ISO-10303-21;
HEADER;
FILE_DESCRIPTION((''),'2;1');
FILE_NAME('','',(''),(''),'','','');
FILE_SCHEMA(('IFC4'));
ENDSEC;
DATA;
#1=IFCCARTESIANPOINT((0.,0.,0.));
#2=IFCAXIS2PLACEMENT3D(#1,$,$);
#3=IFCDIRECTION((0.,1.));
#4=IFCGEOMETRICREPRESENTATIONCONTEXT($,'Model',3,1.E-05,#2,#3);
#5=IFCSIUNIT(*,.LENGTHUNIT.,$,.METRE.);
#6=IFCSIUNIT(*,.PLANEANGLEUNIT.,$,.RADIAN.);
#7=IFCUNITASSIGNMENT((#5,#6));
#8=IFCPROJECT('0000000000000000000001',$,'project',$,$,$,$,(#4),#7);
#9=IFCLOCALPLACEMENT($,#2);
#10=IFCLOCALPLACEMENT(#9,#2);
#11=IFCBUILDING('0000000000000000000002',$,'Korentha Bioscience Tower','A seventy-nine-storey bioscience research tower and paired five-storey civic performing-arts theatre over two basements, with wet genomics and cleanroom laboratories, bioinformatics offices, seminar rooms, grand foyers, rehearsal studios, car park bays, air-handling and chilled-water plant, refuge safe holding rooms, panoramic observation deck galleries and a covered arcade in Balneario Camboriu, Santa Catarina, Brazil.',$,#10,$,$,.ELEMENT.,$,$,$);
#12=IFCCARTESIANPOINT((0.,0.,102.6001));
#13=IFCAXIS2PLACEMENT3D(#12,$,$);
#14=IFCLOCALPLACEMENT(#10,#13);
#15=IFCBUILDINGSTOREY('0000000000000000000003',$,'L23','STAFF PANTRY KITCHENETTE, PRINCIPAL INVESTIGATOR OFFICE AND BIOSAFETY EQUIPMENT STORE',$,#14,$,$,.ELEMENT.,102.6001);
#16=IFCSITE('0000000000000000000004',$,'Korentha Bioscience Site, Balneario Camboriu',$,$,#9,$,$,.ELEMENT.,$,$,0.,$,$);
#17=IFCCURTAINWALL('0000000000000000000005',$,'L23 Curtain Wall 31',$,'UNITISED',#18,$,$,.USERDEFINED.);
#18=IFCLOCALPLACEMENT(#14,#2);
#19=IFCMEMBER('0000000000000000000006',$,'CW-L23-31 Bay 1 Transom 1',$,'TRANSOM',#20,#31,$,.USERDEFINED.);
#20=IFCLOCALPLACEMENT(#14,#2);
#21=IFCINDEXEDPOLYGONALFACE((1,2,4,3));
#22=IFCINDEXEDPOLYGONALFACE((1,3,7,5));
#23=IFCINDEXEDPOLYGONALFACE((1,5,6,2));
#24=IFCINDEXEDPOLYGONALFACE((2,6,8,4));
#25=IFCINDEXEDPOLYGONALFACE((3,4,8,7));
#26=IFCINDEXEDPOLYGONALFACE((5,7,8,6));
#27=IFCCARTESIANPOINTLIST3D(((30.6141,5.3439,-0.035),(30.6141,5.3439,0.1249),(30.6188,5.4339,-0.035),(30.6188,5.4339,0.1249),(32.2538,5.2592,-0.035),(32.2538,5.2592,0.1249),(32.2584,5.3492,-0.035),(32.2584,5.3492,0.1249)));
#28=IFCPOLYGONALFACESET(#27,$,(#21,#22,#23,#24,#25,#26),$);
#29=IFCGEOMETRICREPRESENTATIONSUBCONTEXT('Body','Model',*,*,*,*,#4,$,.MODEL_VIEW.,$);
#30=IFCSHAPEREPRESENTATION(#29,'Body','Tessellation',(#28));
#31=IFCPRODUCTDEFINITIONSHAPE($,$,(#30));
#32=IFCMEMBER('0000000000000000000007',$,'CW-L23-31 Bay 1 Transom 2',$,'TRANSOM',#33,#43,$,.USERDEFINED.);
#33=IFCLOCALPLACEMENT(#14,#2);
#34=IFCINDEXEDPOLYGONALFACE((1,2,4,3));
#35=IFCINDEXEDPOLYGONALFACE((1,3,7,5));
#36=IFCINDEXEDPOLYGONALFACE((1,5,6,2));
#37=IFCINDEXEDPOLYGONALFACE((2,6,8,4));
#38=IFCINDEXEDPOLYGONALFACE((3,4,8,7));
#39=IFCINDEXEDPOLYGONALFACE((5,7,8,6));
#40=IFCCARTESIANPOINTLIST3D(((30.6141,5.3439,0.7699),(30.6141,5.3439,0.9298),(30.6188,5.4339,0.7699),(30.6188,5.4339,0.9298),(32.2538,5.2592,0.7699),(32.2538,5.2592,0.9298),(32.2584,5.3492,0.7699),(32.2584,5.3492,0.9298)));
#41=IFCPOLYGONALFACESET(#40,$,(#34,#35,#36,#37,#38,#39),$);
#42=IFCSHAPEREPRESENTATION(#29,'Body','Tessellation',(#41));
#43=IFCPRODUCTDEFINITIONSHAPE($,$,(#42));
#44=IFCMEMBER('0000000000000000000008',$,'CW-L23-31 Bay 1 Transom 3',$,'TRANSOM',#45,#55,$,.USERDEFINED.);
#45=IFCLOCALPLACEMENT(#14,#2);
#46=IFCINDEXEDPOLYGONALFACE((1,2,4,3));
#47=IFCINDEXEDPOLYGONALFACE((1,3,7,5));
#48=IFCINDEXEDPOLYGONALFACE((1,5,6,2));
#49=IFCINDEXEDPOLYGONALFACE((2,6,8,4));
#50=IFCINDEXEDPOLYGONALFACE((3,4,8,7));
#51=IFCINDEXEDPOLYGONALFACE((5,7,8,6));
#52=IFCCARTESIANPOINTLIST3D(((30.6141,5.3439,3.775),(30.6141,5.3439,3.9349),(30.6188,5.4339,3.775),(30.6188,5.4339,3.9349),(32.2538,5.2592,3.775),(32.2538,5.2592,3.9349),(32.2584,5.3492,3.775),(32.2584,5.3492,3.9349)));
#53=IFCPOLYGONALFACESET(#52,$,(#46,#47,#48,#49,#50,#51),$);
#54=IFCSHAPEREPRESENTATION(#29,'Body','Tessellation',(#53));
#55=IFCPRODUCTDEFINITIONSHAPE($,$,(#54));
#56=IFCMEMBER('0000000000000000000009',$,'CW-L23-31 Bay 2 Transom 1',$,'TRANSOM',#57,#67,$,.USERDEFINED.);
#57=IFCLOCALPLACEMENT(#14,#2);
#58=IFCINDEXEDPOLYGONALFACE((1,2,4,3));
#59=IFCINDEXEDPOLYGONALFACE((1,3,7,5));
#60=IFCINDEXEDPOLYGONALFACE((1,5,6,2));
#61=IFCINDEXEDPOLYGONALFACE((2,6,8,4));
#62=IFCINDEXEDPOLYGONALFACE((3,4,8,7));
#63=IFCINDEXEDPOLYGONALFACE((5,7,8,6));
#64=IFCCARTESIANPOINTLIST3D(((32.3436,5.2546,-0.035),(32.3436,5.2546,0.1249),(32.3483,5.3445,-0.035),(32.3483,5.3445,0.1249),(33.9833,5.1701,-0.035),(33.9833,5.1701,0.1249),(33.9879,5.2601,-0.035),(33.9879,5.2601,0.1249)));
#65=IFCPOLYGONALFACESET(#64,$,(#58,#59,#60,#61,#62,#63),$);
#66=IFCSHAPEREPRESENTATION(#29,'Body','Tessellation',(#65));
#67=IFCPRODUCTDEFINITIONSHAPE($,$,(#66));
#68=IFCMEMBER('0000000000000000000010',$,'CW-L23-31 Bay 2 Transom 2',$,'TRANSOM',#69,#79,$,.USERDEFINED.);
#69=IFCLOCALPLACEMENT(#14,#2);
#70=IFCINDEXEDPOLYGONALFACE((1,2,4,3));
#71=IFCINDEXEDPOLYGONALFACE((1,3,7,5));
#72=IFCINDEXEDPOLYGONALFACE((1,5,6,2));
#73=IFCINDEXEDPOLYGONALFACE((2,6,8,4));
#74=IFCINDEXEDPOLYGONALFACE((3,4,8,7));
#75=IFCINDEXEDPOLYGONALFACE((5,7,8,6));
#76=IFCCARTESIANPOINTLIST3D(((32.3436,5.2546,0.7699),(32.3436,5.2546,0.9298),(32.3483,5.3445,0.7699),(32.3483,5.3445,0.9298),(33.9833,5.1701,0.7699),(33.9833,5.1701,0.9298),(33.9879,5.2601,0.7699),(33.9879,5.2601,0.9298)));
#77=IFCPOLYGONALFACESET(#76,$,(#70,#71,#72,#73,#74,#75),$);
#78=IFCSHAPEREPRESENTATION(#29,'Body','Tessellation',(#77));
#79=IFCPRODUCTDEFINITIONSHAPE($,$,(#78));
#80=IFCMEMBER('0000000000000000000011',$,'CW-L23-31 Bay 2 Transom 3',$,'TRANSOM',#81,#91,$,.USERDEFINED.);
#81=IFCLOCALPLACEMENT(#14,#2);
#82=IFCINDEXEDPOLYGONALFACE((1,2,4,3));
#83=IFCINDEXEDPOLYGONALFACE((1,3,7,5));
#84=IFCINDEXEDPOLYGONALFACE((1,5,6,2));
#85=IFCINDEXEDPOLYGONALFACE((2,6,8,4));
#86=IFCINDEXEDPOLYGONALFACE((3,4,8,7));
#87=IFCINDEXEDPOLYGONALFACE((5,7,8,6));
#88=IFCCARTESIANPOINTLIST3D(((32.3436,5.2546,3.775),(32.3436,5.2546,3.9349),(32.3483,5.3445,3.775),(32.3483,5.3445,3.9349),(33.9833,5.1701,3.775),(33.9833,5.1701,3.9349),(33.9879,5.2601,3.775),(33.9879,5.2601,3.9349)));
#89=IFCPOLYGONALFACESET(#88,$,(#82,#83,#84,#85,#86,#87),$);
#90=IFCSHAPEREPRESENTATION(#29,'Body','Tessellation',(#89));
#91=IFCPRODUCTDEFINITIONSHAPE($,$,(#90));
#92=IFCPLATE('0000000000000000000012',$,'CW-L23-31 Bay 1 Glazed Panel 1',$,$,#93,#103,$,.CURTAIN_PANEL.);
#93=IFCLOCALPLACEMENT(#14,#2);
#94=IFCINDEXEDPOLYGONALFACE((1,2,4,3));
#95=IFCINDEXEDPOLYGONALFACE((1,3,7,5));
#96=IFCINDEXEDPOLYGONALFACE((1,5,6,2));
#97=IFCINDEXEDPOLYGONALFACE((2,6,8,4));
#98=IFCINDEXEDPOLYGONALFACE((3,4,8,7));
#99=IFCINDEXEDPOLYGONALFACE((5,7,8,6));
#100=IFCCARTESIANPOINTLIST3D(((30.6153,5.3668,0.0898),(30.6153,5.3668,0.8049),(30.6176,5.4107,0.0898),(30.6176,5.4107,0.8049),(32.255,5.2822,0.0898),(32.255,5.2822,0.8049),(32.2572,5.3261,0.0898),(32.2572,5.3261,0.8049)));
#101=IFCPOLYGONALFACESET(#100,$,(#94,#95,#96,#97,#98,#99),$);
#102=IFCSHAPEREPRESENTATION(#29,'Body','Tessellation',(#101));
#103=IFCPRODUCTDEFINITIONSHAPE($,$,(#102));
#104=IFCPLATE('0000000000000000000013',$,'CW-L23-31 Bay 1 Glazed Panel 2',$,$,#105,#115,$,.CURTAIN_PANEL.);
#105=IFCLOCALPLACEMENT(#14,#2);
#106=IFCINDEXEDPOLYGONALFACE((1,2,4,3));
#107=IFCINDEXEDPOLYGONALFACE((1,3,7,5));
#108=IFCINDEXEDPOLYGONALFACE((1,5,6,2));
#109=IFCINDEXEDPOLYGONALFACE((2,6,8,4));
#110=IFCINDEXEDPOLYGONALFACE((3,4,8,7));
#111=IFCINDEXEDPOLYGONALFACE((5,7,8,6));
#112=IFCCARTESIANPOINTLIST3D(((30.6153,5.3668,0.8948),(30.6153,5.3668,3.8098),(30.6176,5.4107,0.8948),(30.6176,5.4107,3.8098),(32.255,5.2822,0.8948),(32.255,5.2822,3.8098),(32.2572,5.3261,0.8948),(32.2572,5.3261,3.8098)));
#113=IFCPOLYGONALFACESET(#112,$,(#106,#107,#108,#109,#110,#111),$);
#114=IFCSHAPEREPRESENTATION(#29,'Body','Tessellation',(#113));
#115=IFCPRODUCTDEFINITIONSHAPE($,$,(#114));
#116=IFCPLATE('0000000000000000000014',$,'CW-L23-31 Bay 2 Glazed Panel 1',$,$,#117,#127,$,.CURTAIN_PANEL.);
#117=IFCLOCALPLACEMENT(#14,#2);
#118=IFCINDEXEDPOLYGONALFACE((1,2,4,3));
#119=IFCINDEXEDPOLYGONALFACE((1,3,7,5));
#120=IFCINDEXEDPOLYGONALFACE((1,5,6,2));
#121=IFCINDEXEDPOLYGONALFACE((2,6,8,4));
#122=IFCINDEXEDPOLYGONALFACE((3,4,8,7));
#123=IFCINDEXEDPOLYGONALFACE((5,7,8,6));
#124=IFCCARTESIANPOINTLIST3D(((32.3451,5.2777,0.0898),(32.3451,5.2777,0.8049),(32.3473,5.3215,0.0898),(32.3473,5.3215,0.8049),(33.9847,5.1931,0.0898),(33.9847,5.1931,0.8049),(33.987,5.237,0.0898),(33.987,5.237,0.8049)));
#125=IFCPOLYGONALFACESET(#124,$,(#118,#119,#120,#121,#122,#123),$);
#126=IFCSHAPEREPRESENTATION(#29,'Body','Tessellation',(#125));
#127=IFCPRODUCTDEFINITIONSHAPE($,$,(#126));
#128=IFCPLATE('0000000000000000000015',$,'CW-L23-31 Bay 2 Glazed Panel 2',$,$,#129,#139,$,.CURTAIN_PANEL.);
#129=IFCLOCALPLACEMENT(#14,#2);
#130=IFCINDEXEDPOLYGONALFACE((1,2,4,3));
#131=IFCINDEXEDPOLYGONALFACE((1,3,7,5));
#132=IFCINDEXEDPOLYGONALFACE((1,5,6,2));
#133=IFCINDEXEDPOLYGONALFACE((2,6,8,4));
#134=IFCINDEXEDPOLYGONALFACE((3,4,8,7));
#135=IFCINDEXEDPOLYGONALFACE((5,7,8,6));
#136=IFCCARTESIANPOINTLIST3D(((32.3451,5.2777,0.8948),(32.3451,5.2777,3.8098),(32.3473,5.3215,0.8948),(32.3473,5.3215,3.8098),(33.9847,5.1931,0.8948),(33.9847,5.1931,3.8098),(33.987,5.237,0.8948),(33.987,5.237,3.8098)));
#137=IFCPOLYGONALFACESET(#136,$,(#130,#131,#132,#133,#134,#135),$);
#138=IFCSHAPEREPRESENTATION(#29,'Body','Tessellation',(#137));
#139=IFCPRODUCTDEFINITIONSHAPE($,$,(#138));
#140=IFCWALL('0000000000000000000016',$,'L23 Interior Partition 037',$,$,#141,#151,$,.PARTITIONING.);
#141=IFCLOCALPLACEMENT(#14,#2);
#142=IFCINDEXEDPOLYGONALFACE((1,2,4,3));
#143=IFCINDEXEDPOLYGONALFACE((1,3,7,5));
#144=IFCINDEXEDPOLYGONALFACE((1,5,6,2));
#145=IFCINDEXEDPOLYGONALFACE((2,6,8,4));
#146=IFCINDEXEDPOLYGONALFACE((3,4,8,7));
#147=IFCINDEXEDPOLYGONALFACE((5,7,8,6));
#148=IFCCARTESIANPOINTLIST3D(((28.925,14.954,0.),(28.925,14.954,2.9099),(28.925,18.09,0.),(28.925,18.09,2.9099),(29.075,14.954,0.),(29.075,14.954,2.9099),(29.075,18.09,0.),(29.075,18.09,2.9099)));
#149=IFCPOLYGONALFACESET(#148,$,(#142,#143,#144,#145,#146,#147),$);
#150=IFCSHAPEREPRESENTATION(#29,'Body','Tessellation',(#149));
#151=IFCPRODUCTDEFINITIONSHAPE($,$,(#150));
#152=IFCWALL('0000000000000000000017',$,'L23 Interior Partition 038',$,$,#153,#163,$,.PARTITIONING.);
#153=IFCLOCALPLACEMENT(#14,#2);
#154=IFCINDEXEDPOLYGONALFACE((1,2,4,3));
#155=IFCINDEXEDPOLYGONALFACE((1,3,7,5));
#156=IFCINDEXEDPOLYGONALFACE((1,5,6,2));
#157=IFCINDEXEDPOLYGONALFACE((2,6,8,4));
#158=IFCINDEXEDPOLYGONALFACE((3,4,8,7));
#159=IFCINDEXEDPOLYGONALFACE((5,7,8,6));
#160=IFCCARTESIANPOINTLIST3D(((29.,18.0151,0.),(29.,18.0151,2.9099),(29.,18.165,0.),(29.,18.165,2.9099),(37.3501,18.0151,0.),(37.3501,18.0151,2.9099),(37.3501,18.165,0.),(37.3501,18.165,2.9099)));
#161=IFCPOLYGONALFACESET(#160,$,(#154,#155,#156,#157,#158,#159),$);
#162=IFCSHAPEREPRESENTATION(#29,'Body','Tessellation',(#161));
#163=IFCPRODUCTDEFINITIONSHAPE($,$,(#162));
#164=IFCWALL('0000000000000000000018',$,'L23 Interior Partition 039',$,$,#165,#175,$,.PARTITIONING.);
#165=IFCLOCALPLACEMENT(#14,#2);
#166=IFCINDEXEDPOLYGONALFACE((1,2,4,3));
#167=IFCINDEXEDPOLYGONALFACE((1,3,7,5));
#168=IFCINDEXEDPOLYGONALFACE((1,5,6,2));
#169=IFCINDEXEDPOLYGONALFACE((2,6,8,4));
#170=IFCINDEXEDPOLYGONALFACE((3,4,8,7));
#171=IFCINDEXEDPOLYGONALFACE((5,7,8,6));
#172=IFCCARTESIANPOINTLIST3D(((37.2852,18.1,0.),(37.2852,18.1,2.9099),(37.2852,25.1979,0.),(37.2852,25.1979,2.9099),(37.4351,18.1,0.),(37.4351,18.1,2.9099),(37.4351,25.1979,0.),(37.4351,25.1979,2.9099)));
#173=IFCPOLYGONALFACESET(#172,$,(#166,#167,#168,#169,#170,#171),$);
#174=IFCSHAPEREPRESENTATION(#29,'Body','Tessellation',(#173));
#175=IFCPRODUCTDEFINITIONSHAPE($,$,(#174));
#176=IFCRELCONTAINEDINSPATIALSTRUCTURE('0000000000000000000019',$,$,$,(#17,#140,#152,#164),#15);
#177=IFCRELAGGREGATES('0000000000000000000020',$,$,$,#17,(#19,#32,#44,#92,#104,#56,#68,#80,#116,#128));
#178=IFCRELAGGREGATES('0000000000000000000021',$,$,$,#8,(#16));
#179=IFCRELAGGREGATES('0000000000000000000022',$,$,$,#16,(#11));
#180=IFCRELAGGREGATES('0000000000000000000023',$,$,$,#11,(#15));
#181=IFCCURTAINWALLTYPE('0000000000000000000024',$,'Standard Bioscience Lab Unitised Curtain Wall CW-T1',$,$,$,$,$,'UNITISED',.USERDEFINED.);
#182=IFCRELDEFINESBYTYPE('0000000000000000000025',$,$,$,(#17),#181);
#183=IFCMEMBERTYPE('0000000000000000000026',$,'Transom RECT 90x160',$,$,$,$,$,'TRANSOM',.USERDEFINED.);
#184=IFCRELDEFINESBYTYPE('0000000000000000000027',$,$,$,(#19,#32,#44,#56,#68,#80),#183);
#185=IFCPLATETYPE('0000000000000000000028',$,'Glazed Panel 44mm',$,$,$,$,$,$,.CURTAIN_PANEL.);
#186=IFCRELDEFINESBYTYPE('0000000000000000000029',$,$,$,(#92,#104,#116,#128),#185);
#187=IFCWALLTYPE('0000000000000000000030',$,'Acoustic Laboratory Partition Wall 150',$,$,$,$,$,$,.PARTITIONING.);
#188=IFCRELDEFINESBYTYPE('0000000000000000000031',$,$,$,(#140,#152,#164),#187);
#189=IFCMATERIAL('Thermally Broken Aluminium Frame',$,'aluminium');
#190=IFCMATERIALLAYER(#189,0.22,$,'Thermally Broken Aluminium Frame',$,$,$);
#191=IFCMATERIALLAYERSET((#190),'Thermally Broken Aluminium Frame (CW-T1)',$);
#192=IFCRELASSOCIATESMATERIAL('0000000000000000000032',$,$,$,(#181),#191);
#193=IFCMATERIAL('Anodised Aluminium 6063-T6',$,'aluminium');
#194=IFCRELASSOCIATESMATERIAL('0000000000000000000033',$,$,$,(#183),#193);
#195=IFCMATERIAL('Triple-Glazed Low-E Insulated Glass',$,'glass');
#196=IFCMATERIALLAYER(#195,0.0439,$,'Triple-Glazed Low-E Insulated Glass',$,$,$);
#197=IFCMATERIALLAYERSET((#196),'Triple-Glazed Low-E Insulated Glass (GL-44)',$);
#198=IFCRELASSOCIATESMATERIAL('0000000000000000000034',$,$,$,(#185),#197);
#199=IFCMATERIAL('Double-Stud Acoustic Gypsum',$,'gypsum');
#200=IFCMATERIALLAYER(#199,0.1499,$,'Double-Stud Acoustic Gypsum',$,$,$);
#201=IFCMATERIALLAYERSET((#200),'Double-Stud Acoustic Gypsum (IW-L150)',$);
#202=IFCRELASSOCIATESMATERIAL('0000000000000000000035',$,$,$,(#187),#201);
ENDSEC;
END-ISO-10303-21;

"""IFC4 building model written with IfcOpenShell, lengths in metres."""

from ifc_helpers import new_model, si_unit, direction, frame, frame_2d, origin, origin_2d, place, context, subcontext, project, spatial, rectangle, extrude, material, layer, layer_set, material_profile, profile_set, type_object, element, aggregate, save


model = new_model("IFC4")

# Units and contexts
model_context = context("Model", 3, precision=1e-05, world=origin(), true_north=direction((0.0, 1.0)))
body_context = subcontext(model_context, "Body", "Model", "MODEL_VIEW")
ifc_project = project(units=[si_unit("LENGTHUNIT", "METRE"), si_unit("PLANEANGLEUNIT", "RADIAN")], contexts=[model_context])

# Site, building, storey
site_placement = place(None, origin())
site = spatial("IfcSite", under=ifc_project, at=site_placement, Name="Korentha Bioscience Site, Balneario Camboriu", CompositionType="ELEMENT", RefElevation=0.0)
building_placement = place(site_placement, origin())
building = spatial("IfcBuilding", under=site, at=building_placement, Name="Korentha Bioscience Tower", Description="A seventy-nine-storey bioscience research tower and paired five-storey civic performing-arts theatre over two basements, with wet genomics and cleanroom laboratories, bioinformatics offices, seminar rooms, grand foyers, rehearsal studios, car park bays, air-handling and chilled-water plant, refuge safe holding rooms, panoramic observation deck galleries and a covered arcade in Balneario Camboriu, Santa Catarina, Brazil.", CompositionType="ELEMENT")
storey_placement = place(building_placement, frame((0.0, 0.0, 102.6001)))
storey = spatial("IfcBuildingStorey", under=building, at=storey_placement, Name="L23", Description="STAFF PANTRY KITCHENETTE, PRINCIPAL INVESTIGATOR OFFICE AND BIOSAFETY EQUIPMENT STORE", CompositionType="ELEMENT", Elevation=102.6001)

# Curtain wall
ifc_material_1 = material(Name="Thermally Broken Aluminium Frame", Category="aluminium")
ifc_layer_1 = layer(ifc_material_1, 0.22, Name="Thermally Broken Aluminium Frame")
ifc_layer_set_1 = layer_set([ifc_layer_1], Name="Thermally Broken Aluminium Frame (CW-T1)")
curtain_wall_type = type_object("IfcCurtainWallType", Name="Standard Bioscience Lab Unitised Curtain Wall CW-T1", ElementType="UNITISED", PredefinedType="USERDEFINED", material=ifc_layer_set_1)
curtain_wall_placement = place(storey_placement, origin())
curtain_wall = element("IfcCurtainWall", 1, at=curtain_wall_placement, inside=storey, type_object=curtain_wall_type, Name="L23 Curtain Wall 31", ObjectType="UNITISED", PredefinedType="USERDEFINED")
ifc_material_2 = material(Name="Anodised Aluminium 6063-T6", Category="aluminium")

# Members
ifc_material_profile_1 = material_profile(ifc_material_2, rectangle(XDim=0.0901, YDim=0.1599, at=origin_2d()), Name="Anodised Aluminium 6063-T6")
ifc_profile_set_1 = profile_set([ifc_material_profile_1], Name="Anodised Aluminium 6063-T6 (CW-TRN)")
member_type_1 = type_object("IfcMemberType", Name="Transom RECT 90x160", ElementType="TRANSOM", PredefinedType="USERDEFINED", material=ifc_profile_set_1)
member_1_placement = place(storey_placement, frame((30.6165, 5.3889, 0.0449), z_axis=(0.998668, -0.051599, 0.0), x_axis=(0.051599, 0.998668, 0.0)))
member_1 = element("IfcMember", 2, at=member_1_placement, type_object=member_type_1, Name="CW-L23-31 Bay 1 Transom 1", ObjectType="TRANSOM", PredefinedType="USERDEFINED", context=body_context, shape_type="SweptSolid", body=[
    extrude(rectangle(XDim=0.0901, YDim=0.1599, at=origin_2d()), origin(), (0.0, 0.0, 1.0), 1.6418),
])
member_2_placement = place(storey_placement, frame((30.6165, 5.3889, 0.8499), z_axis=(0.998668, -0.051599, 0.0), x_axis=(0.051599, 0.998668, 0.0)))
member_2 = element("IfcMember", 3, at=member_2_placement, type_object=member_type_1, Name="CW-L23-31 Bay 1 Transom 2", ObjectType="TRANSOM", PredefinedType="USERDEFINED", context=body_context, shape_type="SweptSolid", body=[
    extrude(rectangle(XDim=0.0901, YDim=0.1599, at=origin_2d()), origin(), (0.0, 0.0, 1.0), 1.6418),
])
member_3_placement = place(storey_placement, frame((30.6165, 5.3889, 3.855), z_axis=(0.998668, -0.051599, 0.0), x_axis=(0.051599, 0.998668, 0.0)))
member_3 = element("IfcMember", 4, at=member_3_placement, type_object=member_type_1, Name="CW-L23-31 Bay 1 Transom 3", ObjectType="TRANSOM", PredefinedType="USERDEFINED", context=body_context, shape_type="SweptSolid", body=[
    extrude(rectangle(XDim=0.0901, YDim=0.1599, at=origin_2d()), origin(), (0.0, 0.0, 1.0), 1.6418),
])
member_4_placement = place(storey_placement, frame((32.3459, 5.2996, 0.0449), z_axis=(0.998676, -0.051451, 0.0), x_axis=(0.051451, 0.998676, 0.0)))
member_4 = element("IfcMember", 5, at=member_4_placement, type_object=member_type_1, Name="CW-L23-31 Bay 2 Transom 1", ObjectType="TRANSOM", PredefinedType="USERDEFINED", context=body_context, shape_type="SweptSolid", body=[
    extrude(rectangle(XDim=0.0901, YDim=0.1599, at=origin_2d()), origin(), (0.0, 0.0, 1.0), 1.6418),
])
member_5_placement = place(storey_placement, frame((32.3459, 5.2996, 0.8499), z_axis=(0.998676, -0.051451, 0.0), x_axis=(0.051451, 0.998676, 0.0)))
member_5 = element("IfcMember", 6, at=member_5_placement, type_object=member_type_1, Name="CW-L23-31 Bay 2 Transom 2", ObjectType="TRANSOM", PredefinedType="USERDEFINED", context=body_context, shape_type="SweptSolid", body=[
    extrude(rectangle(XDim=0.0901, YDim=0.1599, at=origin_2d()), origin(), (0.0, 0.0, 1.0), 1.6418),
])
member_6_placement = place(storey_placement, frame((32.3459, 5.2996, 3.855), z_axis=(0.998676, -0.051451, 0.0), x_axis=(0.051451, 0.998676, 0.0)))
member_6 = element("IfcMember", 7, at=member_6_placement, type_object=member_type_1, Name="CW-L23-31 Bay 2 Transom 3", ObjectType="TRANSOM", PredefinedType="USERDEFINED", context=body_context, shape_type="SweptSolid", body=[
    extrude(rectangle(XDim=0.0901, YDim=0.1599, at=origin_2d()), origin(), (0.0, 0.0, 1.0), 1.6418),
])

# Plates
ifc_material_3 = material(Name="Triple-Glazed Low-E Insulated Glass", Category="glass")
ifc_layer_2 = layer(ifc_material_3, 0.0439, Name="Triple-Glazed Low-E Insulated Glass")
ifc_layer_set_2 = layer_set([ifc_layer_2], Name="Triple-Glazed Low-E Insulated Glass (GL-44)")
plate_type = type_object("IfcPlateType", Name="Glazed Panel 44mm", PredefinedType="CURTAIN_PANEL", material=ifc_layer_set_2)
plate_1_placement = place(storey_placement, frame((31.4363, 5.3464, 0.0898), z_axis=(0.0, 0.0, 1.0), x_axis=(0.998673, -0.051495, 0.0)))
plate_1 = element("IfcPlate", 8, at=plate_1_placement, type_object=plate_type, Name="CW-L23-31 Bay 1 Glazed Panel 1", PredefinedType="CURTAIN_PANEL", context=body_context, shape_type="SweptSolid", body=[
    extrude(rectangle(XDim=1.6418, YDim=0.0439, at=origin_2d()), origin(), (0.0, 0.0, 1.0), 0.7151),
])
plate_2_placement = place(storey_placement, frame((31.4363, 5.3464, 0.8948), z_axis=(0.0, 0.0, 1.0), x_axis=(0.998673, -0.051495, 0.0)))
plate_2 = element("IfcPlate", 9, at=plate_2_placement, type_object=plate_type, Name="CW-L23-31 Bay 1 Glazed Panel 2", PredefinedType="CURTAIN_PANEL", context=body_context, shape_type="SweptSolid", body=[
    extrude(rectangle(XDim=1.6418, YDim=0.0439, at=origin_2d()), origin(), (0.0, 0.0, 1.0), 2.915),
])
plate_3_placement = place(storey_placement, frame((33.166, 5.2573, 0.0898), z_axis=(0.0, 0.0, 1.0), x_axis=(0.998673, -0.051495, 0.0)))
plate_3 = element("IfcPlate", 10, at=plate_3_placement, type_object=plate_type, Name="CW-L23-31 Bay 2 Glazed Panel 1", PredefinedType="CURTAIN_PANEL", context=body_context, shape_type="SweptSolid", body=[
    extrude(rectangle(XDim=1.6418, YDim=0.0439, at=origin_2d()), origin(), (0.0, 0.0, 1.0), 0.7151),
])
plate_4_placement = place(storey_placement, frame((33.166, 5.2573, 0.8948), z_axis=(0.0, 0.0, 1.0), x_axis=(0.998673, -0.051495, 0.0)))
plate_4 = element("IfcPlate", 11, at=plate_4_placement, type_object=plate_type, Name="CW-L23-31 Bay 2 Glazed Panel 2", PredefinedType="CURTAIN_PANEL", context=body_context, shape_type="SweptSolid", body=[
    extrude(rectangle(XDim=1.6418, YDim=0.0439, at=origin_2d()), origin(), (0.0, 0.0, 1.0), 2.915),
])
aggregate(curtain_wall, [member_1, member_2, member_3, plate_1, plate_2, member_4, member_5, member_6, plate_3, plate_4])

# Walls
ifc_material_4 = material(Name="Double-Stud Acoustic Gypsum", Category="gypsum")
ifc_layer_3 = layer(ifc_material_4, 0.1499, Name="Double-Stud Acoustic Gypsum")
ifc_layer_set_3 = layer_set([ifc_layer_3], Name="Double-Stud Acoustic Gypsum (IW-L150)")
wall_type_1 = type_object("IfcWallType", Name="Acoustic Laboratory Partition Wall 150", PredefinedType="PARTITIONING", material=ifc_layer_set_3)
wall_1_placement = place(storey_placement, frame((29.0, 14.9541, 0.0), z_axis=(0.0, 0.0, 1.0), x_axis=(0.0, 1.0, 0.0)))
element("IfcWall", 12, at=wall_1_placement, inside=storey, type_object=wall_type_1, Name="L23 Interior Partition 037", PredefinedType="PARTITIONING", context=body_context, shape_type="SweptSolid", body=[
    extrude(rectangle(XDim=3.136, YDim=0.1499, at=frame_2d((1.5679, 0.0))), origin(), (0.0, 0.0, 1.0), 2.9099),
])
wall_2_placement = place(storey_placement, frame((29.0, 18.0901, 0.0), z_axis=(0.0, 0.0, 1.0), x_axis=(1.0, 0.0, 0.0)))
element("IfcWall", 13, at=wall_2_placement, inside=storey, type_object=wall_type_1, Name="L23 Interior Partition 038", PredefinedType="PARTITIONING", context=body_context, shape_type="SweptSolid", body=[
    extrude(rectangle(XDim=8.3501, YDim=0.1499, at=frame_2d((4.175, 0.0))), origin(), (0.0, 0.0, 1.0), 2.9099),
])
wall_3_placement = place(storey_placement, frame((37.3601, 18.1001, 0.0), z_axis=(0.0, 0.0, 1.0), x_axis=(0.0, 1.0, 0.0)))
element("IfcWall", 14, at=wall_3_placement, inside=storey, type_object=wall_type_1, Name="L23 Interior Partition 039", PredefinedType="PARTITIONING", context=body_context, shape_type="SweptSolid", body=[
    extrude(rectangle(XDim=7.0979, YDim=0.1499, at=frame_2d((3.5488, 0.0))), origin(), (0.0, 0.0, 1.0), 2.9099),
])

save(model, "model.ifc")
